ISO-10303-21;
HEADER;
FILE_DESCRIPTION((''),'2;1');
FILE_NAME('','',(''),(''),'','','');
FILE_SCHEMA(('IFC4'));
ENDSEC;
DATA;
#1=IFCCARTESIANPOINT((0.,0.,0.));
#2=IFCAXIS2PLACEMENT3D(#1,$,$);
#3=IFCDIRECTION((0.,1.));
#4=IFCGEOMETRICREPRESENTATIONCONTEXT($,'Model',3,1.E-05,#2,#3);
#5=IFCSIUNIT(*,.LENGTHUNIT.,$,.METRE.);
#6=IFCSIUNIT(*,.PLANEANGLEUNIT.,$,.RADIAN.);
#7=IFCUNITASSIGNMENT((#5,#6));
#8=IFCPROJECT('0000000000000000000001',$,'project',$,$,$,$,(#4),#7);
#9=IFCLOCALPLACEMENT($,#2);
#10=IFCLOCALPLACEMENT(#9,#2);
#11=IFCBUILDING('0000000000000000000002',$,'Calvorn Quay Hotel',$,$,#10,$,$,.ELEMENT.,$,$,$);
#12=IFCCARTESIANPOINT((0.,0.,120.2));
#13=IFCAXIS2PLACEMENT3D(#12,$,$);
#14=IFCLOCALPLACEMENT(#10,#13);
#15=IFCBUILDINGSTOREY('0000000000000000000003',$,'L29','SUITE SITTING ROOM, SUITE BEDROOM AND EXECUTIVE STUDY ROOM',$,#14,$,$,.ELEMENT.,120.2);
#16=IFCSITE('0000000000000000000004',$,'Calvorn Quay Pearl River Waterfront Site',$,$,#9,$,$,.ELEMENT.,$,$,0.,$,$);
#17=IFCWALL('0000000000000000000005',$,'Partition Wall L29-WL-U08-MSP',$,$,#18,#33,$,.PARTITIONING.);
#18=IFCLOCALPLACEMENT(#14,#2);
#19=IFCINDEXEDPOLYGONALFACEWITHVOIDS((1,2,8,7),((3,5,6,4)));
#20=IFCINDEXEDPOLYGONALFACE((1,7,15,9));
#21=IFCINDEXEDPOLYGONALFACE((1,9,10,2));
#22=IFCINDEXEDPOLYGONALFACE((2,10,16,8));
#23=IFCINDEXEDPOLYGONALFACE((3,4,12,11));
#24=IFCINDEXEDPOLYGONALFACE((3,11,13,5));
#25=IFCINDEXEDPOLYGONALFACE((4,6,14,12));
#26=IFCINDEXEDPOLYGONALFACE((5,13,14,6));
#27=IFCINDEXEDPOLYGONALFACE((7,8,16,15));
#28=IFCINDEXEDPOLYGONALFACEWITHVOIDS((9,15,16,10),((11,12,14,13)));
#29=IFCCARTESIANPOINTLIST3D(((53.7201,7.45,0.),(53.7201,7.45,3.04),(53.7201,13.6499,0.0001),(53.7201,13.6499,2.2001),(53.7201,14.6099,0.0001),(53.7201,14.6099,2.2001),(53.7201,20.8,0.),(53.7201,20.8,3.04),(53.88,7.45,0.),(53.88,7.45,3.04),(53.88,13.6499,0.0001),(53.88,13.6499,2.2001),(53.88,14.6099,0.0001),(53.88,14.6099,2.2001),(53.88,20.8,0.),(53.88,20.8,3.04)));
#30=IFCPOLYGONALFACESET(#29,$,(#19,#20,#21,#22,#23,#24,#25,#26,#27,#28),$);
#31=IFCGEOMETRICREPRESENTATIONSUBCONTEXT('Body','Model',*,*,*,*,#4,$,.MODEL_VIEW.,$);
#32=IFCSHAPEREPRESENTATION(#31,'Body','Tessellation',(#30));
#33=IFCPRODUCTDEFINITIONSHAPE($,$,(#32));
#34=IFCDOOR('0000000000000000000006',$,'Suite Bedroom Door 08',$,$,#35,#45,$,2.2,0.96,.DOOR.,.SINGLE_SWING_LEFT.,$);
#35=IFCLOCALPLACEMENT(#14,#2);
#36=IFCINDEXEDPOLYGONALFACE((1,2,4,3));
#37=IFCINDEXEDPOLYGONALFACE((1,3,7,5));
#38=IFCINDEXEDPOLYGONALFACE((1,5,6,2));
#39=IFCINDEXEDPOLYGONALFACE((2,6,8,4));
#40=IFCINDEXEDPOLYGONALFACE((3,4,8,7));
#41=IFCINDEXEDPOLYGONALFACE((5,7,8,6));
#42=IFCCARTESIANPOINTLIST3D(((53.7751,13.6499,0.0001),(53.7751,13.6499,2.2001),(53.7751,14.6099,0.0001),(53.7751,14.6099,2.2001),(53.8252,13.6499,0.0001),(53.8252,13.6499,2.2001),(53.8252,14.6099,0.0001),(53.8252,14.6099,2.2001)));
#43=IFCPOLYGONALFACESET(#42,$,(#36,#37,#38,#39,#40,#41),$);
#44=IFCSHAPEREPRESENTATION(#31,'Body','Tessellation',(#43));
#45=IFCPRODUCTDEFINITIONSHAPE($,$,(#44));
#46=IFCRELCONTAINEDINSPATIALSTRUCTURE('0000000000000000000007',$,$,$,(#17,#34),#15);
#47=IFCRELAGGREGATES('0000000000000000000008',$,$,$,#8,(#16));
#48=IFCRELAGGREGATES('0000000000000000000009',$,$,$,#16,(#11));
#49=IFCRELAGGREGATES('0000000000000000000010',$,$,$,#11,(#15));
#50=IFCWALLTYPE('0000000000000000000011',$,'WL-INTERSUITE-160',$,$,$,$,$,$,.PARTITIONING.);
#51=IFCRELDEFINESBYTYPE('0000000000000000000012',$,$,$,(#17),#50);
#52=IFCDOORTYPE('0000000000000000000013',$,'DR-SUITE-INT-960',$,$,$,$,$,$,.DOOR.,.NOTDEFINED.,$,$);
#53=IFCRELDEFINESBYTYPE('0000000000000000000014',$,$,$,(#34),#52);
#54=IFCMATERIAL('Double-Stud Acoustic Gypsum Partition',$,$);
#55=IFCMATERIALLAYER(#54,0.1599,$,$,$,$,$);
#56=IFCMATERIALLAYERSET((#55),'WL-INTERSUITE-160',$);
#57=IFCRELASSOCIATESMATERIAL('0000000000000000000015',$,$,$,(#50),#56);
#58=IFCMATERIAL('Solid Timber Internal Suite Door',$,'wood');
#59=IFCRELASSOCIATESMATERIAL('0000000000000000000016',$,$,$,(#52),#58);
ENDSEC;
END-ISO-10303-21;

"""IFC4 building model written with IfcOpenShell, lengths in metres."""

from ifc_helpers import new_model, si_unit, direction, frame, frame_2d, origin, place, context, subcontext, project, spatial, rectangle, extrude, material, layer, layer_set, type_object, element, fill, save


model = new_model("IFC4")

# Units and contexts
model_context = context("Model", 3, precision=1e-05, world=origin(), true_north=direction((0.0, 1.0)))
body_context = subcontext(model_context, "Body", "Model", "MODEL_VIEW")
ifc_project = project(units=[si_unit("LENGTHUNIT", "METRE"), si_unit("PLANEANGLEUNIT", "RADIAN")], contexts=[model_context])

# Site, building, storey
site_placement = place(None, origin())
site = spatial("IfcSite", under=ifc_project, at=site_placement, Name="Calvorn Quay Pearl River Waterfront Site", CompositionType="ELEMENT", RefElevation=0.0)
building_placement = place(site_placement, origin())
building = spatial("IfcBuilding", under=site, at=building_placement, Name="Calvorn Quay Hotel", CompositionType="ELEMENT")
storey_placement = place(building_placement, frame((0.0, 0.0, 120.2)))
storey = spatial("IfcBuildingStorey", under=building, at=storey_placement, Name="L29", Description="SUITE SITTING ROOM, SUITE BEDROOM AND EXECUTIVE STUDY ROOM", CompositionType="ELEMENT", Elevation=120.2)

# Wall, opening, door
ifc_material_1 = material(Name="Double-Stud Acoustic Gypsum Partition")
ifc_layer_1 = layer(ifc_material_1, 0.1599)
ifc_layer_set_1 = layer_set([ifc_layer_1], Name="WL-INTERSUITE-160")
wall_type_1 = type_object("IfcWallType", Name="WL-INTERSUITE-160", PredefinedType="PARTITIONING", material=ifc_layer_set_1)
wall_1_placement = place(storey_placement, frame((53.8, 7.45, 0.0), z_axis=(0.0, 0.0, 1.0), x_axis=(0.0, 1.0, 0.0)))
wall_1 = element("IfcWall", 1, at=wall_1_placement, inside=storey, type_object=wall_type_1, Name="Partition Wall L29-WL-U08-MSP", PredefinedType="PARTITIONING", context=body_context, shape_type="SweptSolid", body=[
    extrude(rectangle(XDim=13.3501, YDim=0.1599, at=frame_2d((6.675, 0.0))), origin(), (0.0, 0.0, 1.0), 3.04),
])
opening_1_placement = place(wall_1_placement, frame((6.2, 0.0, 0.0)))
opening_1 = element("IfcOpeningElement", 2, at=opening_1_placement, cuts=wall_1, PredefinedType="OPENING", context=body_context, shape_type="SweptSolid", body=[
    extrude(rectangle(XDim=0.96, YDim=2.2, at=frame_2d((0.48, 1.1001))), frame((0.0, 0.0898, 0.0), z_axis=(0.0, -1.0, 0.0), x_axis=(1.0, 0.0, 0.0)), (0.0, 0.0, 1.0), 0.1799),
])
ifc_material_2 = material(Name="Solid Timber Internal Suite Door", Category="wood")
door_type_1 = type_object("IfcDoorType", Name="DR-SUITE-INT-960", OperationType="NOTDEFINED", PredefinedType="DOOR", material=ifc_material_2)
door_1_placement = place(opening_1_placement, origin())
door_1 = element("IfcDoor", 3, at=door_1_placement, inside=storey, type_object=door_type_1, Name="Suite Bedroom Door 08", OperationType="SINGLE_SWING_LEFT", OverallHeight=2.2, OverallWidth=0.96, PredefinedType="DOOR", context=body_context, shape_type="SweptSolid", body=[
    extrude(rectangle(XDim=0.96, YDim=2.2, at=frame_2d((0.48, 1.1001))), frame((0.0, 0.0249, 0.0), z_axis=(0.0, -1.0, 0.0), x_axis=(1.0, 0.0, 0.0)), (0.0, 0.0, 1.0), 0.05),
])
fill(opening_1, door_1)

save(model, "model.ifc")
